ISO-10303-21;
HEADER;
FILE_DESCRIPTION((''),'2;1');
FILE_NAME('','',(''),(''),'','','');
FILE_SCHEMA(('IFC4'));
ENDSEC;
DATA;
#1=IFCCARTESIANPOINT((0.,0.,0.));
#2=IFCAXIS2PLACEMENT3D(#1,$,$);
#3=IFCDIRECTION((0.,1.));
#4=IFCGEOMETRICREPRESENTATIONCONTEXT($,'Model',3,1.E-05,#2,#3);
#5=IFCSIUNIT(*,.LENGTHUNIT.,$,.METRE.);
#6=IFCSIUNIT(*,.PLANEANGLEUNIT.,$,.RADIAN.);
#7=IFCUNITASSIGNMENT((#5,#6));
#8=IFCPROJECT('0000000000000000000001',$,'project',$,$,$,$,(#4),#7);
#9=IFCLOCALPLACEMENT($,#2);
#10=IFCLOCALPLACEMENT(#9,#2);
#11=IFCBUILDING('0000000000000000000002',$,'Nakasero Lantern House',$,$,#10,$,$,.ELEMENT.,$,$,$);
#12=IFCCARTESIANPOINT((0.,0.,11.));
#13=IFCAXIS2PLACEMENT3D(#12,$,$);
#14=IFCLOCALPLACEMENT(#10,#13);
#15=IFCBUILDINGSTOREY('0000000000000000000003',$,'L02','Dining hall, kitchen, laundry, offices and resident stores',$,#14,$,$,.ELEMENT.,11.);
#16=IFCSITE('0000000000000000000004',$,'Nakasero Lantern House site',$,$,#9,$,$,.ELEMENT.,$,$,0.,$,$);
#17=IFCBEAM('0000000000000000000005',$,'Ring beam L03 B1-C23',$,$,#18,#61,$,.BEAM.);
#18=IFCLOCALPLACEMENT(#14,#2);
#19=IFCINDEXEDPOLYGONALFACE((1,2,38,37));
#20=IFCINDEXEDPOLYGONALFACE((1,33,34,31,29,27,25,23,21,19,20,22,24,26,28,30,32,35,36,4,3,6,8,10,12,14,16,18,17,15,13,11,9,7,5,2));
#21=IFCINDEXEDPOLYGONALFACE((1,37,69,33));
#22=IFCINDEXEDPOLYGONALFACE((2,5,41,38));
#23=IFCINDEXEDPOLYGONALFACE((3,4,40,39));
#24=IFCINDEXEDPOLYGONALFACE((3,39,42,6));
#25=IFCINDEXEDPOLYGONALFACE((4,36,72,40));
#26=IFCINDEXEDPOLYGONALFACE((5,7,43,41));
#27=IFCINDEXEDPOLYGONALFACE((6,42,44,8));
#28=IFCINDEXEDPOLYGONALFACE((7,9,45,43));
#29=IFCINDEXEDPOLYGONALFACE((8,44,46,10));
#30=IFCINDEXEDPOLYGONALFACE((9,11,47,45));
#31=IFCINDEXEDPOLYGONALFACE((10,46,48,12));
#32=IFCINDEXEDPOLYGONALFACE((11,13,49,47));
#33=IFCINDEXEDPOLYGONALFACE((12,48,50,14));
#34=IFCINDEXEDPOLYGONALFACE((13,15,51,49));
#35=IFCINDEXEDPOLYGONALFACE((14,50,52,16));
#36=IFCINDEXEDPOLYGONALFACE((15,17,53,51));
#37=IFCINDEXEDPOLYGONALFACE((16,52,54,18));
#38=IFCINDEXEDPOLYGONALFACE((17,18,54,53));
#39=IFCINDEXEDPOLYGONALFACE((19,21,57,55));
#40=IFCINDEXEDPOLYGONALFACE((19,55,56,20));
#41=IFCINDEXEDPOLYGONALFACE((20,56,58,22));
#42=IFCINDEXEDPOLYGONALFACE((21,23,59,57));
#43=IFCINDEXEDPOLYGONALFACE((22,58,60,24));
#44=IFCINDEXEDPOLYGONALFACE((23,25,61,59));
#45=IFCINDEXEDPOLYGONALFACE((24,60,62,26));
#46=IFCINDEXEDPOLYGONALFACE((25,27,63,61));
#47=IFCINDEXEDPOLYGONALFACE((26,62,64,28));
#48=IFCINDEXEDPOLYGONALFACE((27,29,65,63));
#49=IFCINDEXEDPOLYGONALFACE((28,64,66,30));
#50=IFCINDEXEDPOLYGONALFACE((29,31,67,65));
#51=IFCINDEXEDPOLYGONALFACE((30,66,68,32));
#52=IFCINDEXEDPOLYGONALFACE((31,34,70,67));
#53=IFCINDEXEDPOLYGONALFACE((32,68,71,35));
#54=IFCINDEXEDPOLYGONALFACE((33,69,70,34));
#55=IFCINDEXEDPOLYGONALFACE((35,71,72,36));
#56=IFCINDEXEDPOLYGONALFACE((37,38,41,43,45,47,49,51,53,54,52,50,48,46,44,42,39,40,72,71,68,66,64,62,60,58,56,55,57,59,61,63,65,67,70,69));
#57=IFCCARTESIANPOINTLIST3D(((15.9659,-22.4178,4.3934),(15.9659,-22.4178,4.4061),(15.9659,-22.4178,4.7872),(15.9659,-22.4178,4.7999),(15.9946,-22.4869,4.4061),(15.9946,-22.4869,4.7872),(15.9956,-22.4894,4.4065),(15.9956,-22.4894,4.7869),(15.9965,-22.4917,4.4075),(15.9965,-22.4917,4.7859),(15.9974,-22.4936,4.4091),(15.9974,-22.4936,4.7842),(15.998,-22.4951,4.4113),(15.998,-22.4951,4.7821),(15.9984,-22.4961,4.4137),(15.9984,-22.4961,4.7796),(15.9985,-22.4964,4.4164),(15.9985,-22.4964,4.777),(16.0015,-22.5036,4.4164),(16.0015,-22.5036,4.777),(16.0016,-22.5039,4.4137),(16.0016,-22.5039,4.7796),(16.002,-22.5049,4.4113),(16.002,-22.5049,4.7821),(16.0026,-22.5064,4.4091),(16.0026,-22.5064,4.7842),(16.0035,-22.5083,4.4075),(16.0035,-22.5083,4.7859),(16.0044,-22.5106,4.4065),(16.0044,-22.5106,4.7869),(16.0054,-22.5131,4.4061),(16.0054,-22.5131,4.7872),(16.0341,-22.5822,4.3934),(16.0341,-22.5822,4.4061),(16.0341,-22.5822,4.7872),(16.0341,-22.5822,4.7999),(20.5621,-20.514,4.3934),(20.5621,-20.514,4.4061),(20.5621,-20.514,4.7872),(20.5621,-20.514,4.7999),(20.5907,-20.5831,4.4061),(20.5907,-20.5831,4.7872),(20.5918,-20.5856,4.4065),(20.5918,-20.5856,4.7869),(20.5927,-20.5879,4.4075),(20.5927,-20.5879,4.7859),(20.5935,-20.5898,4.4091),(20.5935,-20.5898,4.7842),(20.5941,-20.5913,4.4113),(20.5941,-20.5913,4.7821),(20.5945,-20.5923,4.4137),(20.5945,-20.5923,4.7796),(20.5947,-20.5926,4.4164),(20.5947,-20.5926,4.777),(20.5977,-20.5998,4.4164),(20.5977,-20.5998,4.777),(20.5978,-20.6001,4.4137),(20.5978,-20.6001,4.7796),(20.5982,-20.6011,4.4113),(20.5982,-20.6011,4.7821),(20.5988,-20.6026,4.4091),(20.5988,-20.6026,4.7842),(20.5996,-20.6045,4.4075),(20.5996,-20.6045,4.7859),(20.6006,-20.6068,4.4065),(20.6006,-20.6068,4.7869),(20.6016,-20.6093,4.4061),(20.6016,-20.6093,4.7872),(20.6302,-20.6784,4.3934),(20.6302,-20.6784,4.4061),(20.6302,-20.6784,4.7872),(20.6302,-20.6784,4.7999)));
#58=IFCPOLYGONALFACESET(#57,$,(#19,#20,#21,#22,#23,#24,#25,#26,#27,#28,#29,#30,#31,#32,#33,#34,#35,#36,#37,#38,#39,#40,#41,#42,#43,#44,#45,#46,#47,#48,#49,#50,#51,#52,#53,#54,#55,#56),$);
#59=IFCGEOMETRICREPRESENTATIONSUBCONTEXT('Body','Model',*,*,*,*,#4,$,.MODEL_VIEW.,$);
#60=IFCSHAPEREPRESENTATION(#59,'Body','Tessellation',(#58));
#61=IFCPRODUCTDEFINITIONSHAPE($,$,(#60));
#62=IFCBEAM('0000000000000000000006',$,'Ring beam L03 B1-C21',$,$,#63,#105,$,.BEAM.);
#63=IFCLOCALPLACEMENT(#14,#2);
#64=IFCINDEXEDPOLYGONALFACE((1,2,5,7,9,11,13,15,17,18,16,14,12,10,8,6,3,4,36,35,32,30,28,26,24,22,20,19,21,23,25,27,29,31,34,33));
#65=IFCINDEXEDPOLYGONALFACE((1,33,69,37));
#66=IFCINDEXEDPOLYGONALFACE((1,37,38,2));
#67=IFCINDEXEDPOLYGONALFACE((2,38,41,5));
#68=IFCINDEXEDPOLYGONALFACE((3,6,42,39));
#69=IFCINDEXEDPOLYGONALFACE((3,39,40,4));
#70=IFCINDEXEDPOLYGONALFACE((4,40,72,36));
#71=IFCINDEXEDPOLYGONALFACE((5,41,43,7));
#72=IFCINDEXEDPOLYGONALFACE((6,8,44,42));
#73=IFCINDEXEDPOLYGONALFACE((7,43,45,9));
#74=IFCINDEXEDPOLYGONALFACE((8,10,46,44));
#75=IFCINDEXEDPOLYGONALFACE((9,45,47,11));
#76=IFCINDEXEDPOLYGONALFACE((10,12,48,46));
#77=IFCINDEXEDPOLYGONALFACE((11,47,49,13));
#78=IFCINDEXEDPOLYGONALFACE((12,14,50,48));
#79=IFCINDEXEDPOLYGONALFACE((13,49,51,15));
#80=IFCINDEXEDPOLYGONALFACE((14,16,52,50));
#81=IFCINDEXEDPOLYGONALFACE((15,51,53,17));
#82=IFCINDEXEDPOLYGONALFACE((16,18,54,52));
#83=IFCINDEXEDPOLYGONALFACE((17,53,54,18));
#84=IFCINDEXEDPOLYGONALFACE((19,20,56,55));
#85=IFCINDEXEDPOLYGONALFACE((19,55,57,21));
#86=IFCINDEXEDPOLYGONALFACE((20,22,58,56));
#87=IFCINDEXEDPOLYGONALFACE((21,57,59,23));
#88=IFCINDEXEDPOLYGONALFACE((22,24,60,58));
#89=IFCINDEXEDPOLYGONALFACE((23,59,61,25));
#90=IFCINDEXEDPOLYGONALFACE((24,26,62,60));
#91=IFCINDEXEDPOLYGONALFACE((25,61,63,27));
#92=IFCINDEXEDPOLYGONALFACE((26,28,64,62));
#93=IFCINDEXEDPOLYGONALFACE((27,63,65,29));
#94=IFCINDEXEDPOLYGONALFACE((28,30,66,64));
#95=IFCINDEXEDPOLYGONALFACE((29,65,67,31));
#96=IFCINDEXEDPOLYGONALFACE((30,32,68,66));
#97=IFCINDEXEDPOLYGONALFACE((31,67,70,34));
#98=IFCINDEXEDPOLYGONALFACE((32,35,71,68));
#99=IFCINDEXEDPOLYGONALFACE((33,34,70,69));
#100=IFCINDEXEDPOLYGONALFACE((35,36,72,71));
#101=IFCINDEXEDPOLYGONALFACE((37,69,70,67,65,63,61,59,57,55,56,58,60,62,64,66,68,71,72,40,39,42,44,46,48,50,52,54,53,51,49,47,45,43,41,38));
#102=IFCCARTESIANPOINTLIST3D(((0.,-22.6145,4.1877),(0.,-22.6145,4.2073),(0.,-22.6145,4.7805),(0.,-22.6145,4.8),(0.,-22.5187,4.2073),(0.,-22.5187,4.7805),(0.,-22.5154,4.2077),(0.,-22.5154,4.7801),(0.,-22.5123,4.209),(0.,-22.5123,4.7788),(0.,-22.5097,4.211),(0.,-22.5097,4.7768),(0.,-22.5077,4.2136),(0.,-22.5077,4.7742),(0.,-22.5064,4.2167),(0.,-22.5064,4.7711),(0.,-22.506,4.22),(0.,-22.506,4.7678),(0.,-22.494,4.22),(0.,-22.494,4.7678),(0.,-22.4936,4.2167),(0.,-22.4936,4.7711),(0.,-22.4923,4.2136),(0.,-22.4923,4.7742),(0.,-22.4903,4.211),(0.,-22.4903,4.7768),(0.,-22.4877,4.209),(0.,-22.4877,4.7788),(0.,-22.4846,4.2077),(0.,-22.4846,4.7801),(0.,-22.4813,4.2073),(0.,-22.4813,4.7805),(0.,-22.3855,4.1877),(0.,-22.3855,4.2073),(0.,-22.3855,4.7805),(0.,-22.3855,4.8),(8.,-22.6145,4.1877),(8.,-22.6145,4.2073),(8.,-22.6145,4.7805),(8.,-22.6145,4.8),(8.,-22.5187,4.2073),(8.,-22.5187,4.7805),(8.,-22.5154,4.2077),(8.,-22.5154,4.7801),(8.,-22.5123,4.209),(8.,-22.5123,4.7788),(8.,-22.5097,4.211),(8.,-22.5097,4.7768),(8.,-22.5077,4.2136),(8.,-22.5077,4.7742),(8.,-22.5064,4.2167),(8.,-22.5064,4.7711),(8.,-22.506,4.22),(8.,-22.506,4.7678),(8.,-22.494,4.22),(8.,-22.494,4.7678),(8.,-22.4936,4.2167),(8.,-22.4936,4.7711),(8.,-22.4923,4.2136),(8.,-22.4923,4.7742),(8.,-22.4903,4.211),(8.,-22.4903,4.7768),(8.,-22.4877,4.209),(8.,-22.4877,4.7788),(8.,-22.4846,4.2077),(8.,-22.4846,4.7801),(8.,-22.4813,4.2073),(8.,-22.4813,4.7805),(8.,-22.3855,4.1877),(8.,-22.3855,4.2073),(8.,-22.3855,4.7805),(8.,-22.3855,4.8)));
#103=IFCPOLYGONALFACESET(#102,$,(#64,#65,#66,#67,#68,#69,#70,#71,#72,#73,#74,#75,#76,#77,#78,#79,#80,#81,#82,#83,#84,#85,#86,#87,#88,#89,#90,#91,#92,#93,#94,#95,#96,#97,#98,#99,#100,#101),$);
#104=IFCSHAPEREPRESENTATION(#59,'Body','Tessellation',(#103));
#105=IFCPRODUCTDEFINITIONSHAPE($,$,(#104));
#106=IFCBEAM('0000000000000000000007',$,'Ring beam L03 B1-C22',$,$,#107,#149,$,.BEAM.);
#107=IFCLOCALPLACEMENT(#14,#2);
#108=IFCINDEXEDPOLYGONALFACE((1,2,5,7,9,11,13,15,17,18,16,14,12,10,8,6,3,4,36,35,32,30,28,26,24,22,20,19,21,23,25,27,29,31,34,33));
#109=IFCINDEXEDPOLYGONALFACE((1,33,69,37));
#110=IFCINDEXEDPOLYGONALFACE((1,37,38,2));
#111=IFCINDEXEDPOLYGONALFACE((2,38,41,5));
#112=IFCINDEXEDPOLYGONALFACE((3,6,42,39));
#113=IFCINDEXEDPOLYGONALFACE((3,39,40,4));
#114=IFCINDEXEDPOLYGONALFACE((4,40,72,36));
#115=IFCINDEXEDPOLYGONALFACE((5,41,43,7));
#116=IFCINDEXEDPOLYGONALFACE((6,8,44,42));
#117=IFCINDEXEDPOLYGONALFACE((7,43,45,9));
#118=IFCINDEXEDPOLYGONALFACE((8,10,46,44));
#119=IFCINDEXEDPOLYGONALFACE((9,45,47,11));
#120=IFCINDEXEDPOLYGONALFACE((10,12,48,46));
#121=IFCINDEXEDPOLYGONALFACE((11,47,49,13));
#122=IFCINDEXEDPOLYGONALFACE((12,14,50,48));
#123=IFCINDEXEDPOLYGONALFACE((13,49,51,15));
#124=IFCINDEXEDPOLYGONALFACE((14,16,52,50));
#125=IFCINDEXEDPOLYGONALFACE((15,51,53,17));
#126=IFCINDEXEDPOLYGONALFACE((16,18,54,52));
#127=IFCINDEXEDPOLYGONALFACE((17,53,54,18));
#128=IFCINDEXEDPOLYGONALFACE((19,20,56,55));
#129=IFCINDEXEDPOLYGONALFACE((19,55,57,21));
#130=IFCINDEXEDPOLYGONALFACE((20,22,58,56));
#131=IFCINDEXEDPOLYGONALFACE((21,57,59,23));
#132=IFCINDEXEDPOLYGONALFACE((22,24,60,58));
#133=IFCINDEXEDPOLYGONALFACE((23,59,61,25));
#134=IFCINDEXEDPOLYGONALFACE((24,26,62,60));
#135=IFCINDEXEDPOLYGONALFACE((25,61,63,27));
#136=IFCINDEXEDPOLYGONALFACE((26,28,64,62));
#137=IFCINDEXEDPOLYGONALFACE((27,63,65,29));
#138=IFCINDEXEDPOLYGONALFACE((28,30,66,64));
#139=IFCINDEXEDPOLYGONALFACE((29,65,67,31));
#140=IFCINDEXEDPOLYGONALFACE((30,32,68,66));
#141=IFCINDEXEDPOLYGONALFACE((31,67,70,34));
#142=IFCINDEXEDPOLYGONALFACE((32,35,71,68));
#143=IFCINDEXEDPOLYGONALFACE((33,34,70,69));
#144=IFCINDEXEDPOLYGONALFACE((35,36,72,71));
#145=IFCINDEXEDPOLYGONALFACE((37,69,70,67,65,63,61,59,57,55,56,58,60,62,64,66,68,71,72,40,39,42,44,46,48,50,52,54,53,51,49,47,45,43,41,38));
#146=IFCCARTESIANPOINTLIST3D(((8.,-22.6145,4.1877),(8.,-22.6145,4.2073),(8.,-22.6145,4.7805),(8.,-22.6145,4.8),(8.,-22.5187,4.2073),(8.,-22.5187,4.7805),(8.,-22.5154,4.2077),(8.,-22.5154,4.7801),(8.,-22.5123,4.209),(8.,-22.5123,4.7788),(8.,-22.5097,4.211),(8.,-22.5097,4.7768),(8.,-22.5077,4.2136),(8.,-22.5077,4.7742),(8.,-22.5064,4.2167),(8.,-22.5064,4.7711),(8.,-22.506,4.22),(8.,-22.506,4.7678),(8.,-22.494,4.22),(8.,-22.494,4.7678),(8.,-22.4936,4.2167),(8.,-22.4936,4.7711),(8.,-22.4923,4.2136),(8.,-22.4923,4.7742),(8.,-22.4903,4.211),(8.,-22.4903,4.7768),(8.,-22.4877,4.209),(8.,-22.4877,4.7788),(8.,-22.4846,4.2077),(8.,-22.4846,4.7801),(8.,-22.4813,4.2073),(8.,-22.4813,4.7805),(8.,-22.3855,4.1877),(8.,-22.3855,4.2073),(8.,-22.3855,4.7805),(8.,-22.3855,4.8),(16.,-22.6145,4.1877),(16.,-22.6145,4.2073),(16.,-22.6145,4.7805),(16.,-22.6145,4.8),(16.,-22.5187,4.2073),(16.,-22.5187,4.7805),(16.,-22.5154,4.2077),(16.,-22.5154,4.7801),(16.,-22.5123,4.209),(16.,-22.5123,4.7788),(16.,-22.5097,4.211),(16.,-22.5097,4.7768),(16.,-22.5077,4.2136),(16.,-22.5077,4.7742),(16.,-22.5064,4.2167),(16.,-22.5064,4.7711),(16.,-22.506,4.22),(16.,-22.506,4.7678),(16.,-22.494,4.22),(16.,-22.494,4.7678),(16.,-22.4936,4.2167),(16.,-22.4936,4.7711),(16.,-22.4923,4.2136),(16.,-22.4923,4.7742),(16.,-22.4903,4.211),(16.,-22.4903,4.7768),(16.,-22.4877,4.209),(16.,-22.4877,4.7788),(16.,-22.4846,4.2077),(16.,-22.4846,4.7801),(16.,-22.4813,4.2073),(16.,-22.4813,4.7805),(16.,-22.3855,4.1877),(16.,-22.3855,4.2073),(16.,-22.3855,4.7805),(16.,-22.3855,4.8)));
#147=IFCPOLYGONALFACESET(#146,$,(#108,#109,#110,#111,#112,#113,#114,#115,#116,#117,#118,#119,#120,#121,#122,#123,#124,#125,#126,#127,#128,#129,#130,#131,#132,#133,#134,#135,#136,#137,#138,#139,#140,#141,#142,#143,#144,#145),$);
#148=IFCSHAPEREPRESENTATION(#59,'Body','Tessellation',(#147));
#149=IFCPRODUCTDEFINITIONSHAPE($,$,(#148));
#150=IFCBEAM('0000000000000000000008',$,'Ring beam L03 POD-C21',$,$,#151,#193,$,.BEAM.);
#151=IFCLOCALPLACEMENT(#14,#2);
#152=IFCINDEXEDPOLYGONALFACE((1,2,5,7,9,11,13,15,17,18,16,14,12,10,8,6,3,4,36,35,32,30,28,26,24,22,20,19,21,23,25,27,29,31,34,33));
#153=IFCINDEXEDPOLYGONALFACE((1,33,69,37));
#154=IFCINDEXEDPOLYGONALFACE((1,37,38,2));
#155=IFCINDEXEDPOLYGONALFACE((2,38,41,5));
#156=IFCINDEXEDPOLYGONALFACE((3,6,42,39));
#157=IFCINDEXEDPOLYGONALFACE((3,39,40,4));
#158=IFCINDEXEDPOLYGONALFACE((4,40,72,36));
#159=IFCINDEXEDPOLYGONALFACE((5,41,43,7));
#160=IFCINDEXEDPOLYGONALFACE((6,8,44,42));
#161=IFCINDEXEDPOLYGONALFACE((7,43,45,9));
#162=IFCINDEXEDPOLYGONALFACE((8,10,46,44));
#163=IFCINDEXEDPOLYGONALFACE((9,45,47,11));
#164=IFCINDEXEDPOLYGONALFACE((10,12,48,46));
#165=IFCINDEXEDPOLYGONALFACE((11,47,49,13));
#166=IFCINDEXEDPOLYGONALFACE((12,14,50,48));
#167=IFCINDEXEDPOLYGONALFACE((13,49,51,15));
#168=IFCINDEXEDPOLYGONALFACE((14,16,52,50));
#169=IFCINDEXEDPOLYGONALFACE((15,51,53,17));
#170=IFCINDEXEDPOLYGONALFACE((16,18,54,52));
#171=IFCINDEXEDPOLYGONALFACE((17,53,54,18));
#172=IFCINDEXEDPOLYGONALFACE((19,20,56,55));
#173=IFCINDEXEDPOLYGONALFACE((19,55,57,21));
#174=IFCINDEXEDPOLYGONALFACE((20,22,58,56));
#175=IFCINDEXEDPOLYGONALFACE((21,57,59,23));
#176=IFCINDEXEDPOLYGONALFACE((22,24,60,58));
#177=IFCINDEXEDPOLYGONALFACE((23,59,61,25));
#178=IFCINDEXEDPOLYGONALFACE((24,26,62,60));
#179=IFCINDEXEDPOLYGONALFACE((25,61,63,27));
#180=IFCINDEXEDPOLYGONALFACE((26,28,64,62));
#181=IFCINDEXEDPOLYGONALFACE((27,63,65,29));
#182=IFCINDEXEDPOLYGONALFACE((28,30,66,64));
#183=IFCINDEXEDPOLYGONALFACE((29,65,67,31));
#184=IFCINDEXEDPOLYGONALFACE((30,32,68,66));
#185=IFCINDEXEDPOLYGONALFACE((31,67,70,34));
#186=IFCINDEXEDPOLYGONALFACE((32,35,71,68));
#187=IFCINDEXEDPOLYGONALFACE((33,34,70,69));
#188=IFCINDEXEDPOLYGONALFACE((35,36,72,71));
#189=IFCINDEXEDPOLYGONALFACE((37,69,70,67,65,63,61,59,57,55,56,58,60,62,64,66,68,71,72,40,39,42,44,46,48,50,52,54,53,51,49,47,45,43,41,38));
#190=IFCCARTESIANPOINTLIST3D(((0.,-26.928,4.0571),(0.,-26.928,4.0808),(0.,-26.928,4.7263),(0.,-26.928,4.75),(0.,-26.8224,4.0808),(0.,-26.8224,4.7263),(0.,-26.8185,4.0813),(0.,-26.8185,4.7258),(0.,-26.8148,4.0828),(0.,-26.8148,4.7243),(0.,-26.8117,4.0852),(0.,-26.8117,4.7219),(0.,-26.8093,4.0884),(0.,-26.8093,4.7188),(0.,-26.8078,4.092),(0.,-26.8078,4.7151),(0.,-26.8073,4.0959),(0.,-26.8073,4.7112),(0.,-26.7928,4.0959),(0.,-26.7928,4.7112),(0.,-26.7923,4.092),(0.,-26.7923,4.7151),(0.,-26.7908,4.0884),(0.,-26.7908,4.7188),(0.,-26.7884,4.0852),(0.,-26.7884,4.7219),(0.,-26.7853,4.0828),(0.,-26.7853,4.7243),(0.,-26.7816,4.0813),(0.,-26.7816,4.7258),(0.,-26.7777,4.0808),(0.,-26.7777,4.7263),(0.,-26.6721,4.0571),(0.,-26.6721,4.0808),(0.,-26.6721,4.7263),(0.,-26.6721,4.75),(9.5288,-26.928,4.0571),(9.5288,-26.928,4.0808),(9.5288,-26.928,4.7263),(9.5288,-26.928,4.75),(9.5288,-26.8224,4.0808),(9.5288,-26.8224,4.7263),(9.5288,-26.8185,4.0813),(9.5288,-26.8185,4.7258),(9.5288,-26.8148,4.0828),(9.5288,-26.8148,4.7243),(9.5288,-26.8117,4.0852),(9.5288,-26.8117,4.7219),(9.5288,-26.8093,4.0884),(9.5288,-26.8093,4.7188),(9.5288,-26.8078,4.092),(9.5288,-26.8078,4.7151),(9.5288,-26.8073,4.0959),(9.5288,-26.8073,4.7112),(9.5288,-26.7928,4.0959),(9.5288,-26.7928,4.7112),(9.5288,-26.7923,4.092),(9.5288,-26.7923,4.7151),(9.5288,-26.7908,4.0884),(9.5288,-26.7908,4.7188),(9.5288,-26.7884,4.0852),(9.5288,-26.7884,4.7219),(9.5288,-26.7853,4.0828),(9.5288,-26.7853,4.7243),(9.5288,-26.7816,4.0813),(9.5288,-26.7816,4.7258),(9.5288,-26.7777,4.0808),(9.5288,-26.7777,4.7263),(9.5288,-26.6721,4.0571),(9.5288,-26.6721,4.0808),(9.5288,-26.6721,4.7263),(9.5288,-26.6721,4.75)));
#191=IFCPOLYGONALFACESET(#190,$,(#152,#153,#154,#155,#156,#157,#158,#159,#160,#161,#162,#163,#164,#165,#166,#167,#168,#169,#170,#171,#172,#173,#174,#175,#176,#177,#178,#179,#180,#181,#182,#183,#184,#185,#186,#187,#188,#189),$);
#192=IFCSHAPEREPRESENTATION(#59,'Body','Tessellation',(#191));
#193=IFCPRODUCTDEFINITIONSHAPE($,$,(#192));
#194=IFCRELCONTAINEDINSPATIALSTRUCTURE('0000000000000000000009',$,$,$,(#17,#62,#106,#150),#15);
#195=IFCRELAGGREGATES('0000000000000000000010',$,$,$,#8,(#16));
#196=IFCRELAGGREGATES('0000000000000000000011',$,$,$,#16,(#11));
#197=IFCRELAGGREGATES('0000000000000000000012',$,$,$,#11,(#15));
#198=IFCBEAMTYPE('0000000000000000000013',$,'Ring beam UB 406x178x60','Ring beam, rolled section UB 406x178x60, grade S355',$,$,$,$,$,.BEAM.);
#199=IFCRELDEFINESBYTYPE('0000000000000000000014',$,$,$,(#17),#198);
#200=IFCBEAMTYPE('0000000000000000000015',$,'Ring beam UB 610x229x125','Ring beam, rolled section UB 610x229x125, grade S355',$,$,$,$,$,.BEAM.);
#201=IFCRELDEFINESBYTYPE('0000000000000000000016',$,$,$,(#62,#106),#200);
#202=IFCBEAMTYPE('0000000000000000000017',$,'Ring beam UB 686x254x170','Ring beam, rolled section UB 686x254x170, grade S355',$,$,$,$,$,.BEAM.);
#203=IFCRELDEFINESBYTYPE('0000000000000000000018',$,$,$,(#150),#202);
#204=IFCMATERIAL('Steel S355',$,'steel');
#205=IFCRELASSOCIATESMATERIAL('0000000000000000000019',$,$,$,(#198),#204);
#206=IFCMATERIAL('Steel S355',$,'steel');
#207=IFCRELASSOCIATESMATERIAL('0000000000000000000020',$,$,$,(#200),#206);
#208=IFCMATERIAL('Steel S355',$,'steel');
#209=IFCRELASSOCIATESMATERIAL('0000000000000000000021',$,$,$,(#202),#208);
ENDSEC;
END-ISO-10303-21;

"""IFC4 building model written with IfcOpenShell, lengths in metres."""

from ifc_helpers import new_model, si_unit, direction, frame, origin, origin_2d, place, context, subcontext, project, spatial, i_section, extrude, material, material_profile, profile_set, type_object, element, save


model = new_model("IFC4")

# Units and contexts
model_context = context("Model", 3, precision=1e-05, world=origin(), true_north=direction((0.0, 1.0)))
body_context = subcontext(model_context, "Body", "Model", "MODEL_VIEW")
ifc_project = project(units=[si_unit("LENGTHUNIT", "METRE"), si_unit("PLANEANGLEUNIT", "RADIAN")], contexts=[model_context])

# Site, building, storey
site_placement = place(None, origin())
site = spatial("IfcSite", under=ifc_project, at=site_placement, Name="Nakasero Lantern House site", CompositionType="ELEMENT", RefElevation=0.0)
building_placement = place(site_placement, origin())
building = spatial("IfcBuilding", under=site, at=building_placement, Name="Nakasero Lantern House", CompositionType="ELEMENT")
storey_placement = place(building_placement, frame((0.0, 0.0, 11.0)))
storey = spatial("IfcBuildingStorey", under=building, at=storey_placement, Name="L02", Description="Dining hall, kitchen, laundry, offices and resident stores", CompositionType="ELEMENT", Elevation=11.0)

# Beams
ifc_material_1 = material(Name="Steel S355", Category="steel")
ifc_material_profile_1 = material_profile(ifc_material_1, i_section(OverallWidth=0.178, OverallDepth=0.4065, WebThickness=0.0078, FlangeThickness=0.0127, FilletRadius=0.0103, at=origin_2d()), Name="UB 406x178x60")
ifc_profile_set_1 = profile_set([ifc_material_profile_1], Name="Steel S355")
beam_type_1 = type_object("IfcBeamType", Name="Ring beam UB 406x178x60", Description="Ring beam, rolled section UB 406x178x60, grade S355", PredefinedType="BEAM", material=ifc_profile_set_1)
beam_1_placement = place(storey_placement, frame((16.0, -22.5, 4.5967), z_axis=(0.923879, 0.382684, 0.0), x_axis=(-0.382684, 0.923879, 0.0)))
element("IfcBeam", 1, at=beam_1_placement, inside=storey, type_object=beam_type_1, Name="Ring beam L03 B1-C23", PredefinedType="BEAM", context=body_context, shape_type="SweptSolid", body=[
    extrude(i_section(OverallWidth=0.178, OverallDepth=0.4065, WebThickness=0.0078, FlangeThickness=0.0127, FilletRadius=0.0103, at=origin_2d()), origin(), (0.0, 0.0, 1.0), 4.9749),
])
ifc_material_2 = material(Name="Steel S355", Category="steel")
ifc_material_profile_2 = material_profile(ifc_material_2, i_section(OverallWidth=0.229, OverallDepth=0.6123, WebThickness=0.012, FlangeThickness=0.0195, FilletRadius=0.0127, at=origin_2d()), Name="UB 610x229x125")
ifc_profile_set_2 = profile_set([ifc_material_profile_2], Name="Steel S355")
beam_type_2 = type_object("IfcBeamType", Name="Ring beam UB 610x229x125", Description="Ring beam, rolled section UB 610x229x125, grade S355", PredefinedType="BEAM", material=ifc_profile_set_2)
for number, where, z_axis, x_axis, name in (
    (2, (0.0, -22.5, 4.4939), (1.0, 0.0, 0.0), (0.0, 1.0, 0.0), "Ring beam L03 B1-C21"),
    (3, (8.0, -22.5, 4.4939), (1.0, 0.0, 0.0), (0.0, 1.0, 0.0), "Ring beam L03 B1-C22"),
):
    element("IfcBeam", number, at=place(storey_placement, frame(where, z_axis=z_axis, x_axis=x_axis)), inside=storey, type_object=beam_type_2, Name=name, PredefinedType="BEAM", context=body_context, shape_type="SweptSolid", body=[
        extrude(i_section(OverallWidth=0.229, OverallDepth=0.6123, WebThickness=0.012, FlangeThickness=0.0195, FilletRadius=0.0127, at=origin_2d()), origin(), (0.0, 0.0, 1.0), 8.0),
    ])
ifc_material_3 = material(Name="Steel S355", Category="steel")
ifc_material_profile_3 = material_profile(ifc_material_3, i_section(OverallWidth=0.2559, OverallDepth=0.6929, WebThickness=0.0144, FlangeThickness=0.0237, FilletRadius=0.0151, at=origin_2d()), Name="UB 686x254x170")
ifc_profile_set_3 = profile_set([ifc_material_profile_3], Name="Steel S355")
beam_type_3 = type_object("IfcBeamType", Name="Ring beam UB 686x254x170", Description="Ring beam, rolled section UB 686x254x170, grade S355", PredefinedType="BEAM", material=ifc_profile_set_3)
beam_2_placement = place(storey_placement, frame((0.0, -26.8, 4.4036), z_axis=(1.0, 0.0, 0.0), x_axis=(0.0, 1.0, 0.0)))
element("IfcBeam", 4, at=beam_2_placement, inside=storey, type_object=beam_type_3, Name="Ring beam L03 POD-C21", PredefinedType="BEAM", context=body_context, shape_type="SweptSolid", body=[
    extrude(i_section(OverallWidth=0.2559, OverallDepth=0.6929, WebThickness=0.0144, FlangeThickness=0.0237, FilletRadius=0.0151, at=origin_2d()), origin(), (0.0, 0.0, 1.0), 9.5288),
])

save(model, "model.ifc")
